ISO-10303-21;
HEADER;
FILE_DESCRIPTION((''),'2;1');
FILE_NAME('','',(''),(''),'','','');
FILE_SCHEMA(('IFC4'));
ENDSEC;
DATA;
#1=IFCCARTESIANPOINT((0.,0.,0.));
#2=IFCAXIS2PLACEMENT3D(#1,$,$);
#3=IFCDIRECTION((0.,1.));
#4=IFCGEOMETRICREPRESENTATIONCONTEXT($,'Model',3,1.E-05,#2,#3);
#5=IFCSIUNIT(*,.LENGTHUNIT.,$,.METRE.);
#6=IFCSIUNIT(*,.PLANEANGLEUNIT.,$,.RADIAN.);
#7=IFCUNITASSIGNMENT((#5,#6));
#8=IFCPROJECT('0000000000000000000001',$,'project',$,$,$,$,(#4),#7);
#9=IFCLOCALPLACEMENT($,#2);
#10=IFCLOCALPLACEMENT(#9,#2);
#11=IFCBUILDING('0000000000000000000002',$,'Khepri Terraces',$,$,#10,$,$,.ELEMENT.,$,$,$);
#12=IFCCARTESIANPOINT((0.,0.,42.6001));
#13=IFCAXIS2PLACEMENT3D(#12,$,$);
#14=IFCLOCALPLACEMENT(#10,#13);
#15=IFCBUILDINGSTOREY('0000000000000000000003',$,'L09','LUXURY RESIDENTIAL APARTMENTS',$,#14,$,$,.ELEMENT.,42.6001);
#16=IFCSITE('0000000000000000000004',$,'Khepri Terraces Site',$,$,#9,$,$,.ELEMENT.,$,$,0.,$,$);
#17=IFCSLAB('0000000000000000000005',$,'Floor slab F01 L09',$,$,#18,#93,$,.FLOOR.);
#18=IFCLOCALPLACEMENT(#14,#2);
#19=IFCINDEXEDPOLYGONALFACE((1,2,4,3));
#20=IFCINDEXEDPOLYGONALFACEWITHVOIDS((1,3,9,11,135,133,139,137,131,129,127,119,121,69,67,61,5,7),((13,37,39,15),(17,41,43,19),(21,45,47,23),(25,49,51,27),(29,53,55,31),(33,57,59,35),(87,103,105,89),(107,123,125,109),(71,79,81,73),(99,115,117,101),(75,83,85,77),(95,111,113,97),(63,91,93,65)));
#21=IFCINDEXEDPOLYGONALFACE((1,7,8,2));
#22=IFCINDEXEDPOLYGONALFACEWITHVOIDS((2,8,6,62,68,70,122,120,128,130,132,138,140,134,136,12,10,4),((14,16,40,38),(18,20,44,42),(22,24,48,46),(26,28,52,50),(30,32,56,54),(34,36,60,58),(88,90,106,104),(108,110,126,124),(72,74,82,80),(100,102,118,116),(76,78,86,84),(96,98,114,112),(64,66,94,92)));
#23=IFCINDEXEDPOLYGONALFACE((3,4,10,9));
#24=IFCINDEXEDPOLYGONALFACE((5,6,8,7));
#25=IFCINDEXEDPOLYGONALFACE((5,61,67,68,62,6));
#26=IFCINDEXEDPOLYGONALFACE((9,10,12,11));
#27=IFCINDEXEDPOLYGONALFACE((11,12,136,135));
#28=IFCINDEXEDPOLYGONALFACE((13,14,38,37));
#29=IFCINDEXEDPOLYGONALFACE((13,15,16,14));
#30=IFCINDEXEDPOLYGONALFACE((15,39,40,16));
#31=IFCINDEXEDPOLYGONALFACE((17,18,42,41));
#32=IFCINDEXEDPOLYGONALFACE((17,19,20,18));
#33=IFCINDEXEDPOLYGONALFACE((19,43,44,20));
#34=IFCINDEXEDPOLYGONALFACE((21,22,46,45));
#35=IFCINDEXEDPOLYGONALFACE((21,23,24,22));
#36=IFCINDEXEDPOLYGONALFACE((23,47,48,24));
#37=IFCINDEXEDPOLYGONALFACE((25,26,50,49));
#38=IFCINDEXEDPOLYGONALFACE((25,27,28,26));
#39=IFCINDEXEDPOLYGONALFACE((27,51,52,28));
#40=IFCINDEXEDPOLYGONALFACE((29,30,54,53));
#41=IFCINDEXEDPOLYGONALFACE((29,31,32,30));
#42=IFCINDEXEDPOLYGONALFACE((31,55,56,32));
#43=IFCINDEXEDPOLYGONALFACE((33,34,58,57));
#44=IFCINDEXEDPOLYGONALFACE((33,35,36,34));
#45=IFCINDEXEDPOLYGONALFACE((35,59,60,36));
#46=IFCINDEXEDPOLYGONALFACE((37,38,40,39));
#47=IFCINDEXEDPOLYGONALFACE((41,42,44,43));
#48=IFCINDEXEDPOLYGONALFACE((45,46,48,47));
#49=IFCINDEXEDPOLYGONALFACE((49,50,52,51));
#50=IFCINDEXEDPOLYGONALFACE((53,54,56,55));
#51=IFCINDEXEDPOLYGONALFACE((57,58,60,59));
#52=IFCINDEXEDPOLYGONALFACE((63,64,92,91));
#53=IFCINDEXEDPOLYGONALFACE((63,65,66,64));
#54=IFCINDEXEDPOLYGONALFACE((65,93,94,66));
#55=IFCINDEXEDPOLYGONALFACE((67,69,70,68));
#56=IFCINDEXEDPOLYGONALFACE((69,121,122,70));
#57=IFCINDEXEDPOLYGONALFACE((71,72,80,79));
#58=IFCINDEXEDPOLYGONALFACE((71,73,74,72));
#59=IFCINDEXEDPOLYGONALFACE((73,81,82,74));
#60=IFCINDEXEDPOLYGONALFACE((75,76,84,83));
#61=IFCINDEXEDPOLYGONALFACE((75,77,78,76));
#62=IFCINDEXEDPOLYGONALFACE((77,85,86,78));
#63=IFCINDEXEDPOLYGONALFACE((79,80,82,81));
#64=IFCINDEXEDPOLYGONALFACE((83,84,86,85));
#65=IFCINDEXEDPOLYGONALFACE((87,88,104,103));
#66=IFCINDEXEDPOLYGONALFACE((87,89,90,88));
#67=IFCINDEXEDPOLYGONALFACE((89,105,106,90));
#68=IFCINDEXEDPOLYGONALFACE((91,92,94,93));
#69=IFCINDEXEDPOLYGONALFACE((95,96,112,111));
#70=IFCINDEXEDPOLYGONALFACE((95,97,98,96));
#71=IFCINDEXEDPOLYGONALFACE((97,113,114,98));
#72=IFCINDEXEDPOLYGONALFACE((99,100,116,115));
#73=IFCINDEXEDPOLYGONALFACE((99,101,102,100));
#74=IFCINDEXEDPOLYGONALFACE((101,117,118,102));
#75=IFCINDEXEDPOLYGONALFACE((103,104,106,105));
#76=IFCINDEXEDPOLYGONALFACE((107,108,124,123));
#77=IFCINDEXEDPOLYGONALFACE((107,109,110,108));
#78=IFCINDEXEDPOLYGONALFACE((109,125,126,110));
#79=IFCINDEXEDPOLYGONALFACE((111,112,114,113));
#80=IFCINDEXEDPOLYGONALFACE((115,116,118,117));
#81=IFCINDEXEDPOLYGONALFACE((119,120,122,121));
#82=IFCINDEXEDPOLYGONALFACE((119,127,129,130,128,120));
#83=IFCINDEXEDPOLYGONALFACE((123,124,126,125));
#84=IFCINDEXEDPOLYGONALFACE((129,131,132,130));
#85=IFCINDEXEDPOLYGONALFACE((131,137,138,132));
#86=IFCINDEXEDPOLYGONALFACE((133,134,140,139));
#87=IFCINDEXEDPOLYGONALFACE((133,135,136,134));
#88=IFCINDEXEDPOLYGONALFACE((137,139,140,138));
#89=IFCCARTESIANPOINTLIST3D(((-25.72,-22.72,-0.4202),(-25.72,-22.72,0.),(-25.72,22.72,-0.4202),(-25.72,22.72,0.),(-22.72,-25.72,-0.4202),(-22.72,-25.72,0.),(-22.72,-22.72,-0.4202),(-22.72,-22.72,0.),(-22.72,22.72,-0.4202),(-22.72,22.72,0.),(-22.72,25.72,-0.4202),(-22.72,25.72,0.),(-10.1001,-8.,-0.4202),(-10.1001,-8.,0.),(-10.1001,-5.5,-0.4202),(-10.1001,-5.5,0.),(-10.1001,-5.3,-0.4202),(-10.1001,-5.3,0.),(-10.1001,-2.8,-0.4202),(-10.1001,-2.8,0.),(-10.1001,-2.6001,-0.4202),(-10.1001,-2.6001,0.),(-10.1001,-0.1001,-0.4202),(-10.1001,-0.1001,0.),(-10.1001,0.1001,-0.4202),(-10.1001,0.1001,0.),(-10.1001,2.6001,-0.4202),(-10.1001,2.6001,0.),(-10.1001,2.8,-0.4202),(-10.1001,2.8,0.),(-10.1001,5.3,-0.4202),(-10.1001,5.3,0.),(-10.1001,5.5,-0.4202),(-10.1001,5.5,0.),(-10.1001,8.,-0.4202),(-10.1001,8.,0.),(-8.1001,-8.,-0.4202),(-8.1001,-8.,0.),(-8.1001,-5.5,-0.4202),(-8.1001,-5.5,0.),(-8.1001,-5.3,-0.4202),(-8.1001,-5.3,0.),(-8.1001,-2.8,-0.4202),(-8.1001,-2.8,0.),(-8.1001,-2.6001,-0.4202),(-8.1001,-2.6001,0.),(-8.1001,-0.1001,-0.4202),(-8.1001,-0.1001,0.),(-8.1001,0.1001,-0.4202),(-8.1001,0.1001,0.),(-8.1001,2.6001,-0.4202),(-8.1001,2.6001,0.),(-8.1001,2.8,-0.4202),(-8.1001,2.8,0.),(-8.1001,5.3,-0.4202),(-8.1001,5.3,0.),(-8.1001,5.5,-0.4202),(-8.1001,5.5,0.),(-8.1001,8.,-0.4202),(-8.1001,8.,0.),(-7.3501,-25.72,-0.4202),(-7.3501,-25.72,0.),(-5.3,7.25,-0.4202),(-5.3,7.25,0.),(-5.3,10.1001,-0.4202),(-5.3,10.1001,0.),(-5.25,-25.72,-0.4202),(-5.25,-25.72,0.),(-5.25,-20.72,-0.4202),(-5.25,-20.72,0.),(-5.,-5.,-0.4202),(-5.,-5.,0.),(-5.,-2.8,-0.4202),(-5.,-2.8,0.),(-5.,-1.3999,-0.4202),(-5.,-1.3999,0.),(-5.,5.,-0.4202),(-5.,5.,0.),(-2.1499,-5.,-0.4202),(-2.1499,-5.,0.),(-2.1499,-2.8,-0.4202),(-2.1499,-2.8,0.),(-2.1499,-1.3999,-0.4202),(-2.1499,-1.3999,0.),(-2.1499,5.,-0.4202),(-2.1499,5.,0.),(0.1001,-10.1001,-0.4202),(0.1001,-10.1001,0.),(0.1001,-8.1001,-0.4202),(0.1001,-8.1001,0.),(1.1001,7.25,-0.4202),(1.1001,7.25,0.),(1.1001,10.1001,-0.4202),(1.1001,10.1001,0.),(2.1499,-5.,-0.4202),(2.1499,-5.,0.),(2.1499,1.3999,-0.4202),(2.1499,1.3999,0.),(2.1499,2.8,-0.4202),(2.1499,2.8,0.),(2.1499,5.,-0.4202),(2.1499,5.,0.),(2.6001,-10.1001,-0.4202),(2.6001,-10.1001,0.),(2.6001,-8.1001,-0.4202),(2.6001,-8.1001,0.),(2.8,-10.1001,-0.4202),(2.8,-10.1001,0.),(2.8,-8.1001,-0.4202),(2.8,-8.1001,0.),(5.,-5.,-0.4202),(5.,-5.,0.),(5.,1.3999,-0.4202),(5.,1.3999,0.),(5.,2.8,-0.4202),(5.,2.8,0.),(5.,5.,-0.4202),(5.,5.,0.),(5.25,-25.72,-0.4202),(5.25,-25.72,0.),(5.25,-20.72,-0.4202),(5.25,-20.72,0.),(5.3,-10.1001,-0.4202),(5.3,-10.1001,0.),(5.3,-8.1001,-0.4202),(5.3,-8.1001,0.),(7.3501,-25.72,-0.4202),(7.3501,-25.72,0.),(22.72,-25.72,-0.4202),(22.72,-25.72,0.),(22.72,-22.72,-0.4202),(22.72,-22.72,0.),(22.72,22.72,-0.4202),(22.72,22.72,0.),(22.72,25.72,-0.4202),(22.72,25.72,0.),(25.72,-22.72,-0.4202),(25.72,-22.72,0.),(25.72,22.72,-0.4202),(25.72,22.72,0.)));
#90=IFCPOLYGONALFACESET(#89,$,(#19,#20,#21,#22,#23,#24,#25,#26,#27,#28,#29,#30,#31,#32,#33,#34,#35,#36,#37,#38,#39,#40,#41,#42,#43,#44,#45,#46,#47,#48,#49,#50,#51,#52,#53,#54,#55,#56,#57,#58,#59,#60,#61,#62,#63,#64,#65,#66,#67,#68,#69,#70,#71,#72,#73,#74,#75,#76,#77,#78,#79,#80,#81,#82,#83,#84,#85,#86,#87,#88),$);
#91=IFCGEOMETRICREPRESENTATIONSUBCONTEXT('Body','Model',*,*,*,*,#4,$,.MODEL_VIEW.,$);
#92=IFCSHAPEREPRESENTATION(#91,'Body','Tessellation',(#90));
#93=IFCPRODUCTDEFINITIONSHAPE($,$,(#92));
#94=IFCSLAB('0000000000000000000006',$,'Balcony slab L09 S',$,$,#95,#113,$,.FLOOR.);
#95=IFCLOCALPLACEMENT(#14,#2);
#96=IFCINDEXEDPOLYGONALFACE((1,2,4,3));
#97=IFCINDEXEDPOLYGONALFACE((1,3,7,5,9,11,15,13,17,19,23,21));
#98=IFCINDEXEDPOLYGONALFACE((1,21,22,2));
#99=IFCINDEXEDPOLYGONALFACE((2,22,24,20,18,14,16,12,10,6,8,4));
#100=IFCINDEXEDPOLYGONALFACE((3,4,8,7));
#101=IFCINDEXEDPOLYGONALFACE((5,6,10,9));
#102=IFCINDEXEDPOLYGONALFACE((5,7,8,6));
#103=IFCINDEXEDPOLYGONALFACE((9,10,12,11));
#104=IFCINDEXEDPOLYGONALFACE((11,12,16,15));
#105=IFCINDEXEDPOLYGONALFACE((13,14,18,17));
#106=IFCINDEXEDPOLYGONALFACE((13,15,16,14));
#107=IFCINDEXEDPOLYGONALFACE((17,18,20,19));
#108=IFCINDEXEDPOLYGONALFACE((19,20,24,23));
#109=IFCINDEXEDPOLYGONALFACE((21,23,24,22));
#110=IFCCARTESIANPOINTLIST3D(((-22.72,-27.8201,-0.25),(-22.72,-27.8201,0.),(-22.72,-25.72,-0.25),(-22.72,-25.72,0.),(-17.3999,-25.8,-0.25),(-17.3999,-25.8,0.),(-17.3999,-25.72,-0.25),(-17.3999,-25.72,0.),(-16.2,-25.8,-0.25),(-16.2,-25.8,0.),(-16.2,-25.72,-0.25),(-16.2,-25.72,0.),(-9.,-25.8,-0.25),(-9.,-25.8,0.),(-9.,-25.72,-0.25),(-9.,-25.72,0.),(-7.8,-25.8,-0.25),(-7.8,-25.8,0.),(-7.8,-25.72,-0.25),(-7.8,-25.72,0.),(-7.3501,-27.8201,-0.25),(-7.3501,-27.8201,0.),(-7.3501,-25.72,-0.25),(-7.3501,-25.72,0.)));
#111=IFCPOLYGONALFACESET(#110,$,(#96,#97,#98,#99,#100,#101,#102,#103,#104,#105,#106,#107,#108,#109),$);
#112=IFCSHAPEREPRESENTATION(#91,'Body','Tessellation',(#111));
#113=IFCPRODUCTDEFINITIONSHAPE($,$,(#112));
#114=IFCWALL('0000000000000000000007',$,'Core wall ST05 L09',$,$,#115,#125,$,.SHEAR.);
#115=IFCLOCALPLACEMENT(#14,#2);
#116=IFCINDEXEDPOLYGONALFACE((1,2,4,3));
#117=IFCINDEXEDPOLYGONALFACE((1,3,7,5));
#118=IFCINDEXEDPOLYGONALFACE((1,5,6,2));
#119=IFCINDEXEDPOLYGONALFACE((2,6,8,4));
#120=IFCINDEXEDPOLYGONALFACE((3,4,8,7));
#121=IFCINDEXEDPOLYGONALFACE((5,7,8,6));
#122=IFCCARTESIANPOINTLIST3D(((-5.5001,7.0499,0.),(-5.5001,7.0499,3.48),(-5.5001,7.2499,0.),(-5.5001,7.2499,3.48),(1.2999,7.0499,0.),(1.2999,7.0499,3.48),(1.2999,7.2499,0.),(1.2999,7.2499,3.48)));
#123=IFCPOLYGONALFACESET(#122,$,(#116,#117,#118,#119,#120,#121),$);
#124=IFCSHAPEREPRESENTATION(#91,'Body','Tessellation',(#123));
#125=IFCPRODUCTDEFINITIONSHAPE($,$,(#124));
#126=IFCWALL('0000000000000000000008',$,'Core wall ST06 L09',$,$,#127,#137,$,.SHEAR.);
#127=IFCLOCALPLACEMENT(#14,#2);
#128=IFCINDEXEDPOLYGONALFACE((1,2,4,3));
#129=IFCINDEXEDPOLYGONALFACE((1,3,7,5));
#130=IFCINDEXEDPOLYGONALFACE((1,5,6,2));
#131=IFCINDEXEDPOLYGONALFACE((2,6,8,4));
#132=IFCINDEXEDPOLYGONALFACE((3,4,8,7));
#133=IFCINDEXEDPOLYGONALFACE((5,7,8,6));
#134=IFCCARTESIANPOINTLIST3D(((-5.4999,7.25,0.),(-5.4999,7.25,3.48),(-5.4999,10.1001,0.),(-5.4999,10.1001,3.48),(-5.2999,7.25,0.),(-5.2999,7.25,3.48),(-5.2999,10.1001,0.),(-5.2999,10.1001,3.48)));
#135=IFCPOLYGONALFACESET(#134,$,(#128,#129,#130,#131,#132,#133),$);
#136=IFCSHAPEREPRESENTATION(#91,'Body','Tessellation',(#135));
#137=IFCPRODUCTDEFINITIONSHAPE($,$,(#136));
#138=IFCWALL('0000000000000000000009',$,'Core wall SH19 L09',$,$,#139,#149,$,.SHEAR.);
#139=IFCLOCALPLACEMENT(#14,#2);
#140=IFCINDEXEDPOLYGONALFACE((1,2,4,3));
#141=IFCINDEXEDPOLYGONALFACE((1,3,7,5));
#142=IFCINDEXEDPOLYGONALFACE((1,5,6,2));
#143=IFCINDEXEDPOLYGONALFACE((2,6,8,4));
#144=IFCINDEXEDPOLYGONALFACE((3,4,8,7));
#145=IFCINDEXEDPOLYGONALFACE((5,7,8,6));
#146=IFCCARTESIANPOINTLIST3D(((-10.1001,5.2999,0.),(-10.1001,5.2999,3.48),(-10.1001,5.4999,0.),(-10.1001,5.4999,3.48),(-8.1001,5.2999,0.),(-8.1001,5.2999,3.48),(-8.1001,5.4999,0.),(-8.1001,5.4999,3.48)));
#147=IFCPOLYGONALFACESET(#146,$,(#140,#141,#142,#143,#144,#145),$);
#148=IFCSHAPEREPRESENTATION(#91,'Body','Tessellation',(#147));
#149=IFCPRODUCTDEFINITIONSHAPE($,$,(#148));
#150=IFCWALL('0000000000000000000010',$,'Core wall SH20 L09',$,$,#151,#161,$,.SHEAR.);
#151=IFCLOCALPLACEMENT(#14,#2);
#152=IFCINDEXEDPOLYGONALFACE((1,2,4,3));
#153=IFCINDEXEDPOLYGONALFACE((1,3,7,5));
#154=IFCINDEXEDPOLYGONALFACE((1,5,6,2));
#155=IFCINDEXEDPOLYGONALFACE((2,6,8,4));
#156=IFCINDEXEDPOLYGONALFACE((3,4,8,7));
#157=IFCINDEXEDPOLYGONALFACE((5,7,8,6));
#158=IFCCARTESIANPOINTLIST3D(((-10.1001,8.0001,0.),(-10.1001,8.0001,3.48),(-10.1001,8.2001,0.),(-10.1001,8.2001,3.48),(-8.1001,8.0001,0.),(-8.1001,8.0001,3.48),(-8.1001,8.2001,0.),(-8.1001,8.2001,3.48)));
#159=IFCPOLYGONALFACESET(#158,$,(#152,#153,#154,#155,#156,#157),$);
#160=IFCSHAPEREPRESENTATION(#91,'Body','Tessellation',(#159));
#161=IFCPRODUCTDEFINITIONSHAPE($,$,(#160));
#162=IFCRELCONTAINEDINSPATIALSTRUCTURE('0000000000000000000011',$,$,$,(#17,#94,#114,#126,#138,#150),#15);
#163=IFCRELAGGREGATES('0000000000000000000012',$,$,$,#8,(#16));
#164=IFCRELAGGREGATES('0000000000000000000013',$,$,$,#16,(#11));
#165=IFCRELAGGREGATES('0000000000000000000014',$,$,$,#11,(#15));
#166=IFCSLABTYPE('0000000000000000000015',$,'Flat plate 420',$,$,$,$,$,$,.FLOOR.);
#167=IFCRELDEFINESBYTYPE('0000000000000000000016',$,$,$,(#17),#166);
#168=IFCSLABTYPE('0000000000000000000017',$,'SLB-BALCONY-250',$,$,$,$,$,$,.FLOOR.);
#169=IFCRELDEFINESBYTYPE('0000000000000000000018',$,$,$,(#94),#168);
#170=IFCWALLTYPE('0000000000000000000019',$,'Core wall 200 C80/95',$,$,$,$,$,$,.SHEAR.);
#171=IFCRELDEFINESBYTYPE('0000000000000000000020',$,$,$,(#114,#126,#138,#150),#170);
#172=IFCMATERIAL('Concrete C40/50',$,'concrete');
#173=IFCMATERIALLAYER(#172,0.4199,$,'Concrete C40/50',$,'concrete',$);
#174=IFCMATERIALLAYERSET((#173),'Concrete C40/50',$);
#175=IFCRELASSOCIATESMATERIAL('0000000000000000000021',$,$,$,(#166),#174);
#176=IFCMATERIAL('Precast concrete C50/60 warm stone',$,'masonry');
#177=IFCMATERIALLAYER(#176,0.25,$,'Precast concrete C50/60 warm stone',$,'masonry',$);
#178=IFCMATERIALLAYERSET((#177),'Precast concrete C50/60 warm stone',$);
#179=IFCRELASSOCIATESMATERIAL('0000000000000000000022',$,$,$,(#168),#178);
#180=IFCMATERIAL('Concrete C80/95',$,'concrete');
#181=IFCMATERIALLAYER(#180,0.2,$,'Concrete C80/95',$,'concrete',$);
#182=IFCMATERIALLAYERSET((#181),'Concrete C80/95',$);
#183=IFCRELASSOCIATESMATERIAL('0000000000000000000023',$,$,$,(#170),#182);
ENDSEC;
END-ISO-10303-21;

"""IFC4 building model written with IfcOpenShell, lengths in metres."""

from ifc_helpers import new_model, si_unit, direction, frame, frame_2d, origin, place, context, subcontext, project, spatial, polyline, rectangle, outline, extrude, material, layer, layer_set, type_object, element, save


model = new_model("IFC4")

# Units and contexts
model_context = context("Model", 3, precision=1e-05, world=origin(), true_north=direction((0.0, 1.0)))
body_context = subcontext(model_context, "Body", "Model", "MODEL_VIEW")
ifc_project = project(units=[si_unit("LENGTHUNIT", "METRE"), si_unit("PLANEANGLEUNIT", "RADIAN")], contexts=[model_context])

# Site, building, storey
site_placement = place(None, origin())
site = spatial("IfcSite", under=ifc_project, at=site_placement, Name="Khepri Terraces Site", CompositionType="ELEMENT", RefElevation=0.0)
building_placement = place(site_placement, origin())
building = spatial("IfcBuilding", under=site, at=building_placement, Name="Khepri Terraces", CompositionType="ELEMENT")
storey_placement = place(building_placement, frame((0.0, 0.0, 42.6001)))
storey = spatial("IfcBuildingStorey", under=building, at=storey_placement, Name="L09", Description="LUXURY RESIDENTIAL APARTMENTS", CompositionType="ELEMENT", Elevation=42.6001)

# Slabs
ifc_material_1 = material(Name="Concrete C40/50", Category="concrete")
ifc_layer_1 = layer(ifc_material_1, 0.4199, Name="Concrete C40/50", Category="concrete")
ifc_layer_set_1 = layer_set([ifc_layer_1], Name="Concrete C40/50")
slab_type_1 = type_object("IfcSlabType", Name="Flat plate 420", PredefinedType="FLOOR", material=ifc_layer_set_1)
slab_1_placement = place(storey_placement, frame((0.0, 0.0, -0.4202)))
element("IfcSlab", 1, at=slab_1_placement, inside=storey, type_object=slab_type_1, Name="Floor slab F01 L09", PredefinedType="FLOOR", context=body_context, shape_type="SweptSolid", body=[
    extrude(outline(polyline([(22.72, -25.72), (7.3501, -25.72), (5.25, -25.72), (5.25, -20.72), (-5.25, -20.72), (-5.25, -25.72), (-7.3501, -25.72), (-22.72, -25.72), (-22.72, -22.72), (-25.72, -22.72), (-25.72, 22.72), (-22.72, 22.72), (-22.72, 25.72), (22.72, 25.72), (22.72, 22.72), (25.72, 22.72), (25.72, -22.72), (22.72, -22.72), (22.72, -25.72)]), holes=[polyline([(5.0, 5.0), (2.1499, 5.0), (2.1499, 2.8), (5.0, 2.8), (5.0, 5.0)]), polyline([(-2.1499, -5.0), (-2.1499, -2.8), (-5.0, -2.8), (-5.0, -5.0), (-2.1499, -5.0)]), polyline([(-10.1001, -8.0), (-8.1001, -8.0), (-8.1001, -5.5), (-10.1001, -5.5), (-10.1001, -8.0)]), polyline([(-10.1001, -2.8), (-10.1001, -5.3), (-8.1001, -5.3), (-8.1001, -2.8), (-10.1001, -2.8)]), polyline([(-8.1001, -0.1001), (-10.1001, -0.1001), (-10.1001, -2.6001), (-8.1001, -2.6001), (-8.1001, -0.1001)]), polyline([(-8.1001, 0.1001), (-8.1001, 2.6001), (-10.1001, 2.6001), (-10.1001, 0.1001), (-8.1001, 0.1001)]), polyline([(-10.1001, 2.8), (-8.1001, 2.8), (-8.1001, 5.3), (-10.1001, 5.3), (-10.1001, 2.8)]), polyline([(-10.1001, 8.0), (-10.1001, 5.5), (-8.1001, 5.5), (-8.1001, 8.0), (-10.1001, 8.0)]), polyline([(2.6001, -8.1001), (0.1001, -8.1001), (0.1001, -10.1001), (2.6001, -10.1001), (2.6001, -8.1001)]), polyline([(5.3, -10.1001), (5.3, -8.1001), (2.8, -8.1001), (2.8, -10.1001), (5.3, -10.1001)]), polyline([(-5.0, -1.3999), (-2.1499, -1.3999), (-2.1499, 5.0), (-5.0, 5.0), (-5.0, -1.3999)]), polyline([(5.0, -5.0), (5.0, 1.3999), (2.1499, 1.3999), (2.1499, -5.0), (5.0, -5.0)]), polyline([(-5.3, 10.1001), (-5.3, 7.25), (1.1001, 7.25), (1.1001, 10.1001), (-5.3, 10.1001)])]), origin(), (0.0, 0.0, 1.0), 0.4202),
])
ifc_material_2 = material(Name="Precast concrete C50/60 warm stone", Category="masonry")
ifc_layer_2 = layer(ifc_material_2, 0.25, Name="Precast concrete C50/60 warm stone", Category="masonry")
ifc_layer_set_2 = layer_set([ifc_layer_2], Name="Precast concrete C50/60 warm stone")
slab_type_2 = type_object("IfcSlabType", Name="SLB-BALCONY-250", PredefinedType="FLOOR", material=ifc_layer_set_2)
slab_2_placement = place(storey_placement, frame((0.0, 0.0, -0.25)))
element("IfcSlab", 2, at=slab_2_placement, inside=storey, type_object=slab_type_2, Name="Balcony slab L09 S", PredefinedType="FLOOR", context=body_context, shape_type="SweptSolid", body=[
    extrude(outline(polyline([(-17.3999, -25.72), (-22.72, -25.72), (-22.72, -27.8201), (-7.3501, -27.8201), (-7.3501, -25.72), (-7.8, -25.72), (-7.8, -25.8), (-9.0, -25.8), (-9.0, -25.72), (-16.2, -25.72), (-16.2, -25.8), (-17.3999, -25.8), (-17.3999, -25.72)])), origin(), (0.0, 0.0, 1.0), 0.25),
])

# Walls
ifc_material_3 = material(Name="Concrete C80/95", Category="concrete")
ifc_layer_3 = layer(ifc_material_3, 0.2, Name="Concrete C80/95", Category="concrete")
ifc_layer_set_3 = layer_set([ifc_layer_3], Name="Concrete C80/95")
wall_type_1 = type_object("IfcWallType", Name="Core wall 200 C80/95", PredefinedType="SHEAR", material=ifc_layer_set_3)
wall_1_placement = place(storey_placement, frame((-5.5, 7.1499, 0.0), z_axis=(0.0, 0.0, 1.0), x_axis=(1.0, 0.0, 0.0)))
element("IfcWall", 3, at=wall_1_placement, inside=storey, type_object=wall_type_1, Name="Core wall ST05 L09", PredefinedType="SHEAR", context=body_context, shape_type="SweptSolid", body=[
    extrude(rectangle(XDim=6.8, YDim=0.2, at=frame_2d((3.3999, 0.0))), origin(), (0.0, 0.0, 1.0), 3.48),
])
wall_2_placement = place(storey_placement, frame((-5.3999, 7.25, 0.0), z_axis=(0.0, 0.0, 1.0), x_axis=(0.0, 1.0, 0.0)))
element("IfcWall", 4, at=wall_2_placement, inside=storey, type_object=wall_type_1, Name="Core wall ST06 L09", PredefinedType="SHEAR", context=body_context, shape_type="SweptSolid", body=[
    extrude(rectangle(XDim=2.8501, YDim=0.2, at=frame_2d((1.425, 0.0))), origin(), (0.0, 0.0, 1.0), 3.48),
])
for number, where, z_axis, x_axis, name in (
    (5, (-10.1001, 5.3999, 0.0), (0.0, 0.0, 1.0), (1.0, 0.0, 0.0), "Core wall SH19 L09"),
    (6, (-10.1001, 8.1001, 0.0), (0.0, 0.0, 1.0), (1.0, 0.0, 0.0), "Core wall SH20 L09"),
):
    element("IfcWall", number, at=place(storey_placement, frame(where, z_axis=z_axis, x_axis=x_axis)), inside=storey, type_object=wall_type_1, Name=name, PredefinedType="SHEAR", context=body_context, shape_type="SweptSolid", body=[
        extrude(rectangle(XDim=2.0, YDim=0.2, at=frame_2d((1.0, 0.0))), origin(), (0.0, 0.0, 1.0), 3.48),
    ])

save(model, "model.ifc")
